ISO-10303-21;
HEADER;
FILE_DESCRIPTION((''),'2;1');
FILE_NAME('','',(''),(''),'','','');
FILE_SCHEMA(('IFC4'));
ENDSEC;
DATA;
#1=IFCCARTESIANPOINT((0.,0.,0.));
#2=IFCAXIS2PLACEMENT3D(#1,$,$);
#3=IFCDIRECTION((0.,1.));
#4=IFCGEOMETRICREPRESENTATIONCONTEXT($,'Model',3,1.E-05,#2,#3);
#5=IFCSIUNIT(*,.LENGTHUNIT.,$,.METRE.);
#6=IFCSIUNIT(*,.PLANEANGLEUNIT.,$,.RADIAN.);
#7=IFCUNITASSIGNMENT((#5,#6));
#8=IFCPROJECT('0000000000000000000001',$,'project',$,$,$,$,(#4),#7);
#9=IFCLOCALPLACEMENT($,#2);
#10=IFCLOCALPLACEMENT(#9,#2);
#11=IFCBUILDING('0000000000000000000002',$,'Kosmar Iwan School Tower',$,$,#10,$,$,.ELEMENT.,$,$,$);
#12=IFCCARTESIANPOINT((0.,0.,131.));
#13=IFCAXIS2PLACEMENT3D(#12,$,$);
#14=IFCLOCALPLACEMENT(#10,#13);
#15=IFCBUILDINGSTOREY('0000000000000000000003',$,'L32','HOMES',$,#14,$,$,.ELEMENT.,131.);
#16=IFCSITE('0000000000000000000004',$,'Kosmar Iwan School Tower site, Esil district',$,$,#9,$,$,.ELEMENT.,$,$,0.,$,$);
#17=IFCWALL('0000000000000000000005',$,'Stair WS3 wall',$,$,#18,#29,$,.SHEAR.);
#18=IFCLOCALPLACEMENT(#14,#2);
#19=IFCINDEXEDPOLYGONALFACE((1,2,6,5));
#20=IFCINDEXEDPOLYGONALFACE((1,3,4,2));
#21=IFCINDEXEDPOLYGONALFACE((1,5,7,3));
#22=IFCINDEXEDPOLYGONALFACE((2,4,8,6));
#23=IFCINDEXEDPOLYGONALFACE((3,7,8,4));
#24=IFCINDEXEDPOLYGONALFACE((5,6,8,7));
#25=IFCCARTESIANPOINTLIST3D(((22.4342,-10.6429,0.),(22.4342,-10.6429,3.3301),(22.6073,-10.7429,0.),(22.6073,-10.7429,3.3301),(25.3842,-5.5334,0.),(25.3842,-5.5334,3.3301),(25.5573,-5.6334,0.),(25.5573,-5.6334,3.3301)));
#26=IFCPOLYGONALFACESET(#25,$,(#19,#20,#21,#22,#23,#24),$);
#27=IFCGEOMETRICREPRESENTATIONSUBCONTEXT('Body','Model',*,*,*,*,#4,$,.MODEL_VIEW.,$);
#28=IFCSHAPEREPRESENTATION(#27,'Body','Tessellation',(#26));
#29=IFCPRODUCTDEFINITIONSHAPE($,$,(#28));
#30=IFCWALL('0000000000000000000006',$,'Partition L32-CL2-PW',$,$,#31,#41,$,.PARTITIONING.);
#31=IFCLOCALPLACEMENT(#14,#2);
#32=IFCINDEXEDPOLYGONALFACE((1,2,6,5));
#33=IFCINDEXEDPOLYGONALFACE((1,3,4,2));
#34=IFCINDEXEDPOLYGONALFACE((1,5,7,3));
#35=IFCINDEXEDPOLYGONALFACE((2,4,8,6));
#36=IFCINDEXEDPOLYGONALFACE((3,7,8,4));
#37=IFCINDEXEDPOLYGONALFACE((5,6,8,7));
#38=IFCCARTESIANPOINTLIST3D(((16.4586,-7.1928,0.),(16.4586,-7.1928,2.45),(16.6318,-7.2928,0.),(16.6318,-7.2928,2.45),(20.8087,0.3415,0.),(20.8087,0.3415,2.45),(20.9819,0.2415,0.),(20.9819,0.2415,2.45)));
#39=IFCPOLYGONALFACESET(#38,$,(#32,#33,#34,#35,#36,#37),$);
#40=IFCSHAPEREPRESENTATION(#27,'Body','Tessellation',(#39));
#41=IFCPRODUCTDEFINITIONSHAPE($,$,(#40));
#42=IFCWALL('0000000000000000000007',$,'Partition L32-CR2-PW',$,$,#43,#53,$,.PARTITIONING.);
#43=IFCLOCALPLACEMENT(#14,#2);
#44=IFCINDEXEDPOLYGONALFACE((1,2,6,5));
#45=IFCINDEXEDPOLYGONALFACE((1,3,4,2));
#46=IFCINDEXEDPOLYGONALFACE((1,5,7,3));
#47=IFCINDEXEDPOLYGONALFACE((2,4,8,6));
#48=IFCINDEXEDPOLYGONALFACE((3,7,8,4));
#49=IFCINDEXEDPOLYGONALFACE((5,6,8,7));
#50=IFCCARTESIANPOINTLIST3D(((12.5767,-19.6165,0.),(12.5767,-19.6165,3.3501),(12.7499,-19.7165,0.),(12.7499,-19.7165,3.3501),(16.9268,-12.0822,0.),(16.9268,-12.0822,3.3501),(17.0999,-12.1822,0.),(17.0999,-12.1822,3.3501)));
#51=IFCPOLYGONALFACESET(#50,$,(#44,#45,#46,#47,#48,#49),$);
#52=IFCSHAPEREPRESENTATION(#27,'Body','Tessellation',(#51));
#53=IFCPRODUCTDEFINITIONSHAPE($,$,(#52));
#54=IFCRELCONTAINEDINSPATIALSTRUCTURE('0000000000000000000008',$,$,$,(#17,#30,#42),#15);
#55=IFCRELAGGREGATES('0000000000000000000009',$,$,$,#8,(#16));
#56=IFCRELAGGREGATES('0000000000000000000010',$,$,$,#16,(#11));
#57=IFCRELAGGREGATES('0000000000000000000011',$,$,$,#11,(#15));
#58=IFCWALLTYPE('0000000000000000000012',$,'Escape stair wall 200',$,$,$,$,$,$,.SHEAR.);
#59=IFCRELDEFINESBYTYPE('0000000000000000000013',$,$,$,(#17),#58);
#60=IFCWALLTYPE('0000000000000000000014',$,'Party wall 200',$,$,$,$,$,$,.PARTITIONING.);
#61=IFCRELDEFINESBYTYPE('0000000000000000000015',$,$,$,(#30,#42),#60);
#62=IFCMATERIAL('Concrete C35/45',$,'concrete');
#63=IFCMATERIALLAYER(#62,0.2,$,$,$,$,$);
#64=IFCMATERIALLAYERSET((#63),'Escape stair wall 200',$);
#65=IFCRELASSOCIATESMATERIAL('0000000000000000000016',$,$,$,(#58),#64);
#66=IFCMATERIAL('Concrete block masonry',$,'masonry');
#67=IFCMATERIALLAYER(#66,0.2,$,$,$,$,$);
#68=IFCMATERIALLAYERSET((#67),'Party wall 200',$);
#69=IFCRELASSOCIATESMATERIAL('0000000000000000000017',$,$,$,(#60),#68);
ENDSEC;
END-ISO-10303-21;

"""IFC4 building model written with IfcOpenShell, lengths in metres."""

from ifc_helpers import new_model, si_unit, direction, frame, frame_2d, origin, place, context, subcontext, project, spatial, rectangle, extrude, material, layer, layer_set, type_object, element, save


model = new_model("IFC4")

# Units and contexts
model_context = context("Model", 3, precision=1e-05, world=origin(), true_north=direction((0.0, 1.0)))
body_context = subcontext(model_context, "Body", "Model", "MODEL_VIEW")
ifc_project = project(units=[si_unit("LENGTHUNIT", "METRE"), si_unit("PLANEANGLEUNIT", "RADIAN")], contexts=[model_context])

# Site, building, storey
site_placement = place(None, origin())
site = spatial("IfcSite", under=ifc_project, at=site_placement, Name="Kosmar Iwan School Tower site, Esil district", CompositionType="ELEMENT", RefElevation=0.0)
building_placement = place(site_placement, origin())
building = spatial("IfcBuilding", under=site, at=building_placement, Name="Kosmar Iwan School Tower", CompositionType="ELEMENT")
storey_placement = place(building_placement, frame((0.0, 0.0, 131.0)))
storey = spatial("IfcBuildingStorey", under=building, at=storey_placement, Name="L32", Description="HOMES", CompositionType="ELEMENT", Elevation=131.0)

# Walls
ifc_material_1 = material(Name="Concrete C35/45", Category="concrete")
ifc_layer_1 = layer(ifc_material_1, 0.2)
ifc_layer_set_1 = layer_set([ifc_layer_1], Name="Escape stair wall 200")
wall_type_1 = type_object("IfcWallType", Name="Escape stair wall 200", PredefinedType="SHEAR", material=ifc_layer_set_1)
wall_1_placement = place(storey_placement, frame((22.5208, -10.6929, 0.0), z_axis=(0.0, 0.0, 1.0), x_axis=(0.500007, 0.866022, 0.0)))
element("IfcWall", 1, at=wall_1_placement, inside=storey, type_object=wall_type_1, Name="Stair WS3 wall", PredefinedType="SHEAR", context=body_context, shape_type="SweptSolid", body=[
    extrude(rectangle(XDim=5.8999, YDim=0.2, at=frame_2d((2.95, 0.0))), origin(), (0.0, 0.0, 1.0), 3.3301),
])
ifc_material_2 = material(Name="Concrete block masonry", Category="masonry")
ifc_layer_2 = layer(ifc_material_2, 0.2)
ifc_layer_set_2 = layer_set([ifc_layer_2], Name="Party wall 200")
wall_type_2 = type_object("IfcWallType", Name="Party wall 200", PredefinedType="PARTITIONING", material=ifc_layer_set_2)
wall_2_placement = place(storey_placement, frame((16.5452, -7.2429, 0.0), z_axis=(0.0, 0.0, 1.0), x_axis=(0.500008, 0.866021, 0.0)))
element("IfcWall", 2, at=wall_2_placement, inside=storey, type_object=wall_type_2, Name="Partition L32-CL2-PW", PredefinedType="PARTITIONING", context=body_context, shape_type="SweptSolid", body=[
    extrude(rectangle(XDim=8.7, YDim=0.2, at=frame_2d((4.3501, 0.0))), origin(), (0.0, 0.0, 1.0), 2.45),
])
wall_3_placement = place(storey_placement, frame((17.0134, -12.1321, 0.0), z_axis=(0.0, 0.0, 1.0), x_axis=(-0.500008, -0.866021, 0.0)))
element("IfcWall", 3, at=wall_3_placement, inside=storey, type_object=wall_type_2, Name="Partition L32-CR2-PW", PredefinedType="PARTITIONING", context=body_context, shape_type="SweptSolid", body=[
    extrude(rectangle(XDim=8.7, YDim=0.2, at=frame_2d((4.3501, 0.0))), origin(), (0.0, 0.0, 1.0), 3.3501),
])

save(model, "model.ifc")
